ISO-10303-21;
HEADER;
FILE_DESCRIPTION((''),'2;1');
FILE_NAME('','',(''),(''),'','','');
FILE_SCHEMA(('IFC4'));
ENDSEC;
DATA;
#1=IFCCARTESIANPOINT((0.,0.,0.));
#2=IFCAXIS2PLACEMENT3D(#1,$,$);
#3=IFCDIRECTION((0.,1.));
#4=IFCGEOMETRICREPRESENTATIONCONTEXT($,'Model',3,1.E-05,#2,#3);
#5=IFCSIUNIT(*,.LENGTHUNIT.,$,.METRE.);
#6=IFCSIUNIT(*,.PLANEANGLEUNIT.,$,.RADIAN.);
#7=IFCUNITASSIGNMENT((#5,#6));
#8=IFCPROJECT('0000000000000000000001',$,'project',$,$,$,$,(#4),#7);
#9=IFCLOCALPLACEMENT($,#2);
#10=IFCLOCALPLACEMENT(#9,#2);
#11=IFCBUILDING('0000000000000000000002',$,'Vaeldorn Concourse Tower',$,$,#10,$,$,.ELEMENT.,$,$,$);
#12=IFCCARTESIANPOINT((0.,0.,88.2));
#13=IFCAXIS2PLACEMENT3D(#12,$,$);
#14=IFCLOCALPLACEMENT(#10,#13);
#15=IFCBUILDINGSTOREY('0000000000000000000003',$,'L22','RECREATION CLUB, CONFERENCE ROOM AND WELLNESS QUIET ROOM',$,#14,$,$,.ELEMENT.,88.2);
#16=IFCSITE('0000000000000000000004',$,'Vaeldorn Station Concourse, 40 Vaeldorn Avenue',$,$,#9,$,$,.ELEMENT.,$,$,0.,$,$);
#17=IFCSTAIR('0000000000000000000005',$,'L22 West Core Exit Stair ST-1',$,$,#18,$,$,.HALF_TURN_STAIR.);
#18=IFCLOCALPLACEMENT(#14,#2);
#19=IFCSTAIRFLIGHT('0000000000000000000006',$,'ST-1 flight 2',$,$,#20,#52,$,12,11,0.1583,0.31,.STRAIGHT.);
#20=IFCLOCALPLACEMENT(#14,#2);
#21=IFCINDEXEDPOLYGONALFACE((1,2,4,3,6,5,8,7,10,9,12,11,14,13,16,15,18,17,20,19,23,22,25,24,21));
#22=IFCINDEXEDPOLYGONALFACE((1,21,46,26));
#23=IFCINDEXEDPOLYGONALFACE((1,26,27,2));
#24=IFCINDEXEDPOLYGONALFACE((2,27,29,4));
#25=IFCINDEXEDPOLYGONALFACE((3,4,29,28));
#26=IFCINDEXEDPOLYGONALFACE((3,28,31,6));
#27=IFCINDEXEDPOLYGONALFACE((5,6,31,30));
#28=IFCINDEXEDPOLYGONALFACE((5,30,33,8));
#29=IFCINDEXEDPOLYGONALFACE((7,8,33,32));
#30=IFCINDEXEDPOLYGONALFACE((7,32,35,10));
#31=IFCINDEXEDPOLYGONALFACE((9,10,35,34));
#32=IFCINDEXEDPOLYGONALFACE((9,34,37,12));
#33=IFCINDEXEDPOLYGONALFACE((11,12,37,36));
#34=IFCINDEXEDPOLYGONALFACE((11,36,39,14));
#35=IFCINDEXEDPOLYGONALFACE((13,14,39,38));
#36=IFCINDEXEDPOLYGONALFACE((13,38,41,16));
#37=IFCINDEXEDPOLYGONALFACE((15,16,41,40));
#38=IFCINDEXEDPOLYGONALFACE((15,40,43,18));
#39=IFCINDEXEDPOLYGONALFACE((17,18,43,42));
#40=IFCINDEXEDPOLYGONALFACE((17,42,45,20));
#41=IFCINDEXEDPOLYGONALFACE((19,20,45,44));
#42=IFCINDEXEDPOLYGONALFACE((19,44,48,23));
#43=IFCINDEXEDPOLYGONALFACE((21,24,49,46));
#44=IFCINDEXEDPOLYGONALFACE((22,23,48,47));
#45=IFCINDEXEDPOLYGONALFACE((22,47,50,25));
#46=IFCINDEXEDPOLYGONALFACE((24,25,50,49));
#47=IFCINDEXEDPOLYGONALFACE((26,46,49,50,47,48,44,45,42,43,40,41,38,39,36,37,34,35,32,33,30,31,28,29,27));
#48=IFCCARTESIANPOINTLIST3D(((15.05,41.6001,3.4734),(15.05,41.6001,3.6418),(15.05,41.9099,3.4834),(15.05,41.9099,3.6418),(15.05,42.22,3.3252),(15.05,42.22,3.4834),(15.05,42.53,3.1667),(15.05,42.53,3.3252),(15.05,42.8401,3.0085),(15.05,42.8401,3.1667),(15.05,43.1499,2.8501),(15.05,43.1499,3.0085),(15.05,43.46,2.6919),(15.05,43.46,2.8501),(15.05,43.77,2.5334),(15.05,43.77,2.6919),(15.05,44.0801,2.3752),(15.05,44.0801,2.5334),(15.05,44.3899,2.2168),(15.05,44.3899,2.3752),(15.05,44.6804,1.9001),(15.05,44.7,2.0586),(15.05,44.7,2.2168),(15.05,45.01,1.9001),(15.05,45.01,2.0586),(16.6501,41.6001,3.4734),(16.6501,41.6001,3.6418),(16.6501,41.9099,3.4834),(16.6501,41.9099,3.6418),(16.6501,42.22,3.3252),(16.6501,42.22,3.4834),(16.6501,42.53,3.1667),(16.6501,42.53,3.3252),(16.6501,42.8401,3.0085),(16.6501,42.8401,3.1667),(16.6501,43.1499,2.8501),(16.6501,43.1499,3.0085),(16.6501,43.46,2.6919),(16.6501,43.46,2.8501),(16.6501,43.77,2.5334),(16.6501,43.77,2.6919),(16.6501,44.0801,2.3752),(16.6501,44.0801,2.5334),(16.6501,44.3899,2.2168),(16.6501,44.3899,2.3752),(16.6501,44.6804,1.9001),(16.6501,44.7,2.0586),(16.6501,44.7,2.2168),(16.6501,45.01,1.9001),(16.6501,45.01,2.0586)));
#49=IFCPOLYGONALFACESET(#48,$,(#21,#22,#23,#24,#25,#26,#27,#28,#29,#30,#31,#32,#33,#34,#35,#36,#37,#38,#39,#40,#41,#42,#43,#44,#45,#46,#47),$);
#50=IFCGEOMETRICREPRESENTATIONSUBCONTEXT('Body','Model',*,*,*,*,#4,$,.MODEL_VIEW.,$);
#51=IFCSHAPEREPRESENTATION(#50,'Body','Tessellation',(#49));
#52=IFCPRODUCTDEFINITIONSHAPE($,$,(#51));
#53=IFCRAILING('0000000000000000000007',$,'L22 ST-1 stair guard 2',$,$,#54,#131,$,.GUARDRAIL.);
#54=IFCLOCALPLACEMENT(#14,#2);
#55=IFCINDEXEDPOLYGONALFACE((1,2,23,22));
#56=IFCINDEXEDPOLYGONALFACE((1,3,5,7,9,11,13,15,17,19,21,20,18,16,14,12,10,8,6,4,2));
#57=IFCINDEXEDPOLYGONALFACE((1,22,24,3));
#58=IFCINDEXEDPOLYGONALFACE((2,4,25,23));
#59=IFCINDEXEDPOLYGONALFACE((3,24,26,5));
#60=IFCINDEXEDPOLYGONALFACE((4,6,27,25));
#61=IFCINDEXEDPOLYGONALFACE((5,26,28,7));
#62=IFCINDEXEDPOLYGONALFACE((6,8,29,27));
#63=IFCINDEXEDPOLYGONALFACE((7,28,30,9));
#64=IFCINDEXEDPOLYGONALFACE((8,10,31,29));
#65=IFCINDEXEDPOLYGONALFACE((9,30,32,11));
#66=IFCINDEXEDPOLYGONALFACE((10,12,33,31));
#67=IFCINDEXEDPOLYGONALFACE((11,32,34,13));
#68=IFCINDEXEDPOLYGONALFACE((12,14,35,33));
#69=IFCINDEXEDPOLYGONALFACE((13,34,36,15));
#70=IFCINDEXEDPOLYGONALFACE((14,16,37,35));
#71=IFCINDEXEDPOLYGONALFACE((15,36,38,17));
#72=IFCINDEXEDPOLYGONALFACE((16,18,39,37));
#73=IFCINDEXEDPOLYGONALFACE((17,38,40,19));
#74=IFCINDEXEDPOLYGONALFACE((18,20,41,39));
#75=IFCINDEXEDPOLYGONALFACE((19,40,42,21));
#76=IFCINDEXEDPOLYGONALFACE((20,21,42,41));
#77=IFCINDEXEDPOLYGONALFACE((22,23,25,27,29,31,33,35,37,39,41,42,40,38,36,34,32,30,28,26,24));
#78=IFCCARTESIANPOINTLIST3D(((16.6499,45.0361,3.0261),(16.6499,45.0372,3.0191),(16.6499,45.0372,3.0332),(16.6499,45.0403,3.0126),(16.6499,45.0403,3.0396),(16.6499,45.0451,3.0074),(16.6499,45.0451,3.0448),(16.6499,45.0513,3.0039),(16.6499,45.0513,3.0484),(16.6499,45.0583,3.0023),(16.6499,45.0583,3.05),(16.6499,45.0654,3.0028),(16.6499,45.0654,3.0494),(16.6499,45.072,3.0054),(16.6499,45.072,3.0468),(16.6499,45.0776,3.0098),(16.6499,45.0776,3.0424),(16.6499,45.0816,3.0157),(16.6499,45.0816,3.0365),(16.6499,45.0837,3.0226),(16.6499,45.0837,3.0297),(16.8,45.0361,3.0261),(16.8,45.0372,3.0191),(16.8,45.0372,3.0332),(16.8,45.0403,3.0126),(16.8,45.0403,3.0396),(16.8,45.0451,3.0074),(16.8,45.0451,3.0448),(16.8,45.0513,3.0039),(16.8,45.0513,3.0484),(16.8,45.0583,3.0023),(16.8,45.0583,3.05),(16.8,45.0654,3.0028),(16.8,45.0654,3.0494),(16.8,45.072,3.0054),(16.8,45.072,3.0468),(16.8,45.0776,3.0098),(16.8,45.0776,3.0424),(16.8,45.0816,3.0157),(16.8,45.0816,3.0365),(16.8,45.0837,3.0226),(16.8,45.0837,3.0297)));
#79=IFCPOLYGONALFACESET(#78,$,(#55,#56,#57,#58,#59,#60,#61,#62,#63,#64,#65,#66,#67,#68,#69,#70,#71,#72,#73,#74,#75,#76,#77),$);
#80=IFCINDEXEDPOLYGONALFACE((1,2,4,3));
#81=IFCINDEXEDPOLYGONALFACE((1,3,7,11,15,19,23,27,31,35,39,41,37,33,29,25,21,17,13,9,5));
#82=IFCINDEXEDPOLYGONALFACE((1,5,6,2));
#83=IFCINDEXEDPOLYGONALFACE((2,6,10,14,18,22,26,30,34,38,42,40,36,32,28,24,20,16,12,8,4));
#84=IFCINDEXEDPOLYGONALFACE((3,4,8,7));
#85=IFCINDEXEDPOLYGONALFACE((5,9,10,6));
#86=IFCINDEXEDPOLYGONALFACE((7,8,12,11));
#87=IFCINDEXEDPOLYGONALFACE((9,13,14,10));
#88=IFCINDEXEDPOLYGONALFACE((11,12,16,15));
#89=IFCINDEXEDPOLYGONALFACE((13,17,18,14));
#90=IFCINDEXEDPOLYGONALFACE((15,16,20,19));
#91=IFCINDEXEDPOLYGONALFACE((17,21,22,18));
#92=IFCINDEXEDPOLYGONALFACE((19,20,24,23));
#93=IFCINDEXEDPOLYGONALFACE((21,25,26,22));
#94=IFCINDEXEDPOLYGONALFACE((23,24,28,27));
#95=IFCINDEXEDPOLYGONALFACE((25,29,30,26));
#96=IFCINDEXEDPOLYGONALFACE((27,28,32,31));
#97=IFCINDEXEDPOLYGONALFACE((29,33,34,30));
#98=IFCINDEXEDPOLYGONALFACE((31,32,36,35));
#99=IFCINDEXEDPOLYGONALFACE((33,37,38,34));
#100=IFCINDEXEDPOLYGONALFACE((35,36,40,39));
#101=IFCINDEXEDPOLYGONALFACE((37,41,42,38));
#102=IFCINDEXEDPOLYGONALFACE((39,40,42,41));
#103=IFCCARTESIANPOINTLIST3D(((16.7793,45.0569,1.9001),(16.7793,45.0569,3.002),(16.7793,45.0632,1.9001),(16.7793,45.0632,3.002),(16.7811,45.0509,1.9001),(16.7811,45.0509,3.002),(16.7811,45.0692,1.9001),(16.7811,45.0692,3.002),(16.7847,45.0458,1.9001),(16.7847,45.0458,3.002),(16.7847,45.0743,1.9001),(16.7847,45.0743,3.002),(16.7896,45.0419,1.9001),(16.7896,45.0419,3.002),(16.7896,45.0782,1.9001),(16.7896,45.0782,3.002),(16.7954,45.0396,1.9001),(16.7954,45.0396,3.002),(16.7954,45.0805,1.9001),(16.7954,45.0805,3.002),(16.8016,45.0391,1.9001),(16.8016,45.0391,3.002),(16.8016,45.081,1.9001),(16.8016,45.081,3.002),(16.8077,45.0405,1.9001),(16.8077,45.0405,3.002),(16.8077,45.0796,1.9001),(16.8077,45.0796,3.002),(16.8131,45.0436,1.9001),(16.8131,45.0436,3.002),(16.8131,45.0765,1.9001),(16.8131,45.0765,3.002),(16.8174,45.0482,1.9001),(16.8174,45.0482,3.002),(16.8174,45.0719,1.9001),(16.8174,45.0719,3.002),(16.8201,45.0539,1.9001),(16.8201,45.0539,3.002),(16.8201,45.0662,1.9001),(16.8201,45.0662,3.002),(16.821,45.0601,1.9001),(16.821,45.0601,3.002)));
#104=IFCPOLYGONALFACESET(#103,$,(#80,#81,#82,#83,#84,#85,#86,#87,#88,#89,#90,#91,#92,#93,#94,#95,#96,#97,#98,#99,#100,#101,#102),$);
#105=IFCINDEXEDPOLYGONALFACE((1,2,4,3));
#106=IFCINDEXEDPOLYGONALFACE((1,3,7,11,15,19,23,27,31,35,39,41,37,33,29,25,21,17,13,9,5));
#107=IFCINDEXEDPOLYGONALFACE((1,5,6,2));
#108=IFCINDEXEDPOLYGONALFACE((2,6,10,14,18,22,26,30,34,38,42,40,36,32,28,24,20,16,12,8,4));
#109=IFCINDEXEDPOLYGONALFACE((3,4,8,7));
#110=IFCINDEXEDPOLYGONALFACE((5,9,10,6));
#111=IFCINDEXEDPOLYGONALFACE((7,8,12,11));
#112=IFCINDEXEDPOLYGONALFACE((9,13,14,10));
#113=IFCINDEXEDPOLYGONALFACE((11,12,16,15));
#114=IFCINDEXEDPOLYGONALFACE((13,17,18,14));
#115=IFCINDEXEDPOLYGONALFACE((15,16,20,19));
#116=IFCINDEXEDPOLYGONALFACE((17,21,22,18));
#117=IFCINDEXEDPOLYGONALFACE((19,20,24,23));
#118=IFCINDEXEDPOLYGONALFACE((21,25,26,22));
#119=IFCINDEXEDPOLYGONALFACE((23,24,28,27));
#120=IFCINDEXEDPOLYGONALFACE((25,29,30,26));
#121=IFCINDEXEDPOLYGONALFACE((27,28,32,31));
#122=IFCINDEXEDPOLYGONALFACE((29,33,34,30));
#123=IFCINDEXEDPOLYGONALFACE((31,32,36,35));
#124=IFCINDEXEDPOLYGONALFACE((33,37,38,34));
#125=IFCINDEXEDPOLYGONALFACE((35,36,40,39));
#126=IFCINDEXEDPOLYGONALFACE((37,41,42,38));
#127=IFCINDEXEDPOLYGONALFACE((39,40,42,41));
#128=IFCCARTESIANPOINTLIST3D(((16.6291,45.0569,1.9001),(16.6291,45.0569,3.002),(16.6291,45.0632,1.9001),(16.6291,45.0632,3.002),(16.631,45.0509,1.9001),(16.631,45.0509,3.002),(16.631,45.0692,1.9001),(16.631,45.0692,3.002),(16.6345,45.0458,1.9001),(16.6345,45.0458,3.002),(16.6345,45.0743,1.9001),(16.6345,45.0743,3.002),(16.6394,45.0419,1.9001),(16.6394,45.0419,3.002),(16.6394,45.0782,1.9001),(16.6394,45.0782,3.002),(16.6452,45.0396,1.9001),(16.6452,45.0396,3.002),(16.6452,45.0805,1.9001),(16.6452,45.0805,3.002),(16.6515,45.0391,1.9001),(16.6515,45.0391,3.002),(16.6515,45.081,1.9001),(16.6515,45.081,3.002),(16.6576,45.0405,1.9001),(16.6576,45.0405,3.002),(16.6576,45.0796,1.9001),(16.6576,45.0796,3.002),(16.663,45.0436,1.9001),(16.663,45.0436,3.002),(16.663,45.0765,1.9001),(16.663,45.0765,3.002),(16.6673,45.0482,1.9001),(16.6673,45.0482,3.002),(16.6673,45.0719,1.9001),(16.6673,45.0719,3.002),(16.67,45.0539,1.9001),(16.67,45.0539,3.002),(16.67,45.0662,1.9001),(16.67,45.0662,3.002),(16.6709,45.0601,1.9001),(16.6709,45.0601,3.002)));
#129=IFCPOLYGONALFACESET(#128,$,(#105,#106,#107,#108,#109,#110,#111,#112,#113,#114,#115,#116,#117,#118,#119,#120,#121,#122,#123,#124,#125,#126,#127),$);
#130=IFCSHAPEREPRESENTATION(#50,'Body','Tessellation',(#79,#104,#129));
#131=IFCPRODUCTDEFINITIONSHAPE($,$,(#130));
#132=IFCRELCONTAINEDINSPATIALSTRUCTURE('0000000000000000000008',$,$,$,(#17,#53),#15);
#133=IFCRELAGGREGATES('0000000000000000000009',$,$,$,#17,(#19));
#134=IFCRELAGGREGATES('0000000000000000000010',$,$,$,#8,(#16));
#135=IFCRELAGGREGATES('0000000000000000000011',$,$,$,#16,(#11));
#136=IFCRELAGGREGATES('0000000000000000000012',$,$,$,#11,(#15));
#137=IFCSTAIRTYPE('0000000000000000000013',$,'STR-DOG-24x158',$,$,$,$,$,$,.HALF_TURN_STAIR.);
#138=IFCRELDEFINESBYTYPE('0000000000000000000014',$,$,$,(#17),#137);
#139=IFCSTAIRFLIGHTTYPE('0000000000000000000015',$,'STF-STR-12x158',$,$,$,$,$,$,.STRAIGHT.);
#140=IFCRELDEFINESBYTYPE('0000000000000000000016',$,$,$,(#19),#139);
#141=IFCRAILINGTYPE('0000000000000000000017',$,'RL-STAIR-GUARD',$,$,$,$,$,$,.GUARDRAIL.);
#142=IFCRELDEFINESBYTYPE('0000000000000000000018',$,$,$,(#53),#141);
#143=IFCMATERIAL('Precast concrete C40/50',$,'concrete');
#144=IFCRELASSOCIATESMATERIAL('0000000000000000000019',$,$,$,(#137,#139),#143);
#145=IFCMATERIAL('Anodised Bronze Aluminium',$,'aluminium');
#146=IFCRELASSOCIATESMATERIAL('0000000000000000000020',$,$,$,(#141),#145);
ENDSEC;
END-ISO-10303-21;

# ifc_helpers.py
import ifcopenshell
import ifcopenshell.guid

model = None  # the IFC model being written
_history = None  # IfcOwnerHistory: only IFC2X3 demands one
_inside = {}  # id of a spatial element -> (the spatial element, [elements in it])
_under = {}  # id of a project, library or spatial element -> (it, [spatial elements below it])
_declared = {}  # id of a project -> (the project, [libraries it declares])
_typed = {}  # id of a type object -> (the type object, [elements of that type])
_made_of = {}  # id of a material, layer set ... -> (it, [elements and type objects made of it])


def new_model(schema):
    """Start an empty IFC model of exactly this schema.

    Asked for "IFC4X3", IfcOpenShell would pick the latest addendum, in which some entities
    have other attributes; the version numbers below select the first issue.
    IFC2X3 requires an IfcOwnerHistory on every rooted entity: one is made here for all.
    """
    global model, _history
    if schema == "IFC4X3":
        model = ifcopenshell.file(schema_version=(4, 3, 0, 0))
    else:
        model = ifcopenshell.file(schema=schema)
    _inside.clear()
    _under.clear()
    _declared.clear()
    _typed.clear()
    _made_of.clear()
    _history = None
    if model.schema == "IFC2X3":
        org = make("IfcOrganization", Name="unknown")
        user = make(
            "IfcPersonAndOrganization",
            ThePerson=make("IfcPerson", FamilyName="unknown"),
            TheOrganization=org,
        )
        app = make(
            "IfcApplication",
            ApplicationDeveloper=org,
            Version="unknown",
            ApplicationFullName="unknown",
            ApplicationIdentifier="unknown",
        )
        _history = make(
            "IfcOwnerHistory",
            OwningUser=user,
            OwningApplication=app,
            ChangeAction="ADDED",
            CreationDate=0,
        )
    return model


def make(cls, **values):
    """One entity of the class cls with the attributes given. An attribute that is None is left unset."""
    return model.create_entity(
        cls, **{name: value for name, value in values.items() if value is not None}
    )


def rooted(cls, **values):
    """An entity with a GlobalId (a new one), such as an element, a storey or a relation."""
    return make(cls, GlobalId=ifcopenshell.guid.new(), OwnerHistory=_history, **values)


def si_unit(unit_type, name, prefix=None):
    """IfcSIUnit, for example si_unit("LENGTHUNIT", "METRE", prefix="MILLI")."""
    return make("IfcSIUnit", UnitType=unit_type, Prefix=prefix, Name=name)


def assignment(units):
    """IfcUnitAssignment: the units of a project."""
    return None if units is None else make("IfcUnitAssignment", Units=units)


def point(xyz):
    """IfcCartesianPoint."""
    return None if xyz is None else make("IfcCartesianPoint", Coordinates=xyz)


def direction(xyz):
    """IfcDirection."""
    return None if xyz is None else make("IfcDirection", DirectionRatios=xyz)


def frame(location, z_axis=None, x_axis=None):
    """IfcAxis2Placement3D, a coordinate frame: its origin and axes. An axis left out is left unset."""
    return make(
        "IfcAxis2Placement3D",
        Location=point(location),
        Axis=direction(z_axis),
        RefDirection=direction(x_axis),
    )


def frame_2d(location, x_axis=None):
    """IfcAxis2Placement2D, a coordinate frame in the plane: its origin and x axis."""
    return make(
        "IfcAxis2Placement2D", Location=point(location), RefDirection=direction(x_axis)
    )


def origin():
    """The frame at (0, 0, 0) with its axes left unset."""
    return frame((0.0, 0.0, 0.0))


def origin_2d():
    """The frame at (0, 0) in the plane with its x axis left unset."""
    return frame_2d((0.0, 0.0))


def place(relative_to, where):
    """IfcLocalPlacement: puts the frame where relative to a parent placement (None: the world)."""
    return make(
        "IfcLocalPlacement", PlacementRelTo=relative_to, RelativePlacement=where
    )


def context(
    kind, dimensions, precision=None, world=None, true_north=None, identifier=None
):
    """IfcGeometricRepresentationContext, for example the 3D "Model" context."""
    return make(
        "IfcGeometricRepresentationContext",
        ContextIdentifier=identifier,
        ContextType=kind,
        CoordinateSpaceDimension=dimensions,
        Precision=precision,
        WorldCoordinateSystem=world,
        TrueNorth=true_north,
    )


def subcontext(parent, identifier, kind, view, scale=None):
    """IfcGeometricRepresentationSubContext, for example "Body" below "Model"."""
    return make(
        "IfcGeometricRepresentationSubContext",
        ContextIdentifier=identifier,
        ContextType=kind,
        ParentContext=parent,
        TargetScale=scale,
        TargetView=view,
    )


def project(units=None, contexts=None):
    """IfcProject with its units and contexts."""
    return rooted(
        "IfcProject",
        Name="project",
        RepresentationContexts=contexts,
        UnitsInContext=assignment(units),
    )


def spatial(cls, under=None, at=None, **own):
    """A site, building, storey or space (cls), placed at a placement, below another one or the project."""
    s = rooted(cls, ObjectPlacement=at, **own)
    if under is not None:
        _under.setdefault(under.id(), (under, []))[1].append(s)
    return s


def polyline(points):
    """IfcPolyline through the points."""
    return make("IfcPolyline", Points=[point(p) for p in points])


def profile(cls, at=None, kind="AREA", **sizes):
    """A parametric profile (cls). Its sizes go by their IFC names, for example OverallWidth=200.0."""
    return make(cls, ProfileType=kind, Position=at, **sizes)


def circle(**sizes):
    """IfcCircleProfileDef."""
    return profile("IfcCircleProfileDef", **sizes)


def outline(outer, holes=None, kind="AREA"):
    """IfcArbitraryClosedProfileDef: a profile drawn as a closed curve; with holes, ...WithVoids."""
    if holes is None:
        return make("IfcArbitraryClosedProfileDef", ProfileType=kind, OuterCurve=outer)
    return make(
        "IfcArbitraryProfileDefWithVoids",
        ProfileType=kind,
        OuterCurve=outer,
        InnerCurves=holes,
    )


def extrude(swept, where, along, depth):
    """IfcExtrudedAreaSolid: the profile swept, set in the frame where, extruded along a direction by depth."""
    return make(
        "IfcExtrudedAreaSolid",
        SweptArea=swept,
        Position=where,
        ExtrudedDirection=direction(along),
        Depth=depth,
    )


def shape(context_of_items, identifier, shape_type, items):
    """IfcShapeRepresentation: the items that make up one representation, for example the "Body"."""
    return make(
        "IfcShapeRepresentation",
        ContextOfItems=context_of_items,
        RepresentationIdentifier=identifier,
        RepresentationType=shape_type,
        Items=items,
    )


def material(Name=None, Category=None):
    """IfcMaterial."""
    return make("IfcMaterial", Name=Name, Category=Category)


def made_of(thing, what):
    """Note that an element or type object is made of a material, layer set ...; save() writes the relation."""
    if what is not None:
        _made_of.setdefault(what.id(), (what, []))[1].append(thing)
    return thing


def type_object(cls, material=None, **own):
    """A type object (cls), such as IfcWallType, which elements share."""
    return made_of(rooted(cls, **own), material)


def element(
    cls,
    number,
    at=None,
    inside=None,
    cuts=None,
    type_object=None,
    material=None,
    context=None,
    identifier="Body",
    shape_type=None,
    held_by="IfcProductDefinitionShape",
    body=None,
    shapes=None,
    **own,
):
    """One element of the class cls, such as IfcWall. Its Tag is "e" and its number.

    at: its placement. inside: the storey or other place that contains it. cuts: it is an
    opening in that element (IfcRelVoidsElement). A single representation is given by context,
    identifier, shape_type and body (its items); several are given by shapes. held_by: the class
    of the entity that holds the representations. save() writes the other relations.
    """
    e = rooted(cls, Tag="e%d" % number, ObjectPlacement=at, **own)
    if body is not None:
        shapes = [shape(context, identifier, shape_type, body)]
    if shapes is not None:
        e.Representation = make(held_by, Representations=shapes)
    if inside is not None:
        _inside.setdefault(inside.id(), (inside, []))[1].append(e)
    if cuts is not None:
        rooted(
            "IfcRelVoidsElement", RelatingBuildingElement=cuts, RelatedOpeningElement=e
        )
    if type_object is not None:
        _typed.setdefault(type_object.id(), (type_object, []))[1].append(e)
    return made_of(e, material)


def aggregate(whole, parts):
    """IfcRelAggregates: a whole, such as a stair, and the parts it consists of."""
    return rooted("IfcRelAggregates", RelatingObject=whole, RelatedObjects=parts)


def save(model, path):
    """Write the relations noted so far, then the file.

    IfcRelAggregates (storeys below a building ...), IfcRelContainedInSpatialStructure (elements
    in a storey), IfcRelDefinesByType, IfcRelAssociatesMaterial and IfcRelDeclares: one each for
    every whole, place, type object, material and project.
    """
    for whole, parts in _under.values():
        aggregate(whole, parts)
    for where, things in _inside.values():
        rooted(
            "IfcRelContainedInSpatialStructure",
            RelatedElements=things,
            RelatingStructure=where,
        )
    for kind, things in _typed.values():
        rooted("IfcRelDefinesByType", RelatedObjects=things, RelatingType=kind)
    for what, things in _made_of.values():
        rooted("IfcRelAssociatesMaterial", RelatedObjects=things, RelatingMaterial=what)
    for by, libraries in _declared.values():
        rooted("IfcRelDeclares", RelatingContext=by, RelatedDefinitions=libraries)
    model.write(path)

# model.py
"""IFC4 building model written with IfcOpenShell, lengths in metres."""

from ifc_helpers import new_model, si_unit, direction, frame, origin, origin_2d, place, context, subcontext, project, spatial, polyline, circle, outline, extrude, material, type_object, element, aggregate, save


model = new_model("IFC4")

# Units and contexts
model_context = context("Model", 3, precision=1e-05, world=origin(), true_north=direction((0.0, 1.0)))
body_context = subcontext(model_context, "Body", "Model", "MODEL_VIEW")
ifc_project = project(units=[si_unit("LENGTHUNIT", "METRE"), si_unit("PLANEANGLEUNIT", "RADIAN")], contexts=[model_context])

# Site, building, storey
site_placement = place(None, origin())
site = spatial("IfcSite", under=ifc_project, at=site_placement, Name="Vaeldorn Station Concourse, 40 Vaeldorn Avenue", CompositionType="ELEMENT", RefElevation=0.0)
building_placement = place(site_placement, origin())
building = spatial("IfcBuilding", under=site, at=building_placement, Name="Vaeldorn Concourse Tower", CompositionType="ELEMENT")
storey_placement = place(building_placement, frame((0.0, 0.0, 88.2)))
storey = spatial("IfcBuildingStorey", under=building, at=storey_placement, Name="L22", Description="RECREATION CLUB, CONFERENCE ROOM AND WELLNESS QUIET ROOM", CompositionType="ELEMENT", Elevation=88.2)

# Shared definitions
ifc_material_1 = material(Name="Anodised Bronze Aluminium", Category="aluminium")

# Stair, stair flight
ifc_material_2 = material(Name="Precast concrete C40/50", Category="concrete")
stair_type = type_object("IfcStairType", Name="STR-DOG-24x158", PredefinedType="HALF_TURN_STAIR", material=ifc_material_2)
stair_placement = place(storey_placement, origin())
stair = element("IfcStair", 1, at=stair_placement, inside=storey, type_object=stair_type, Name="L22 West Core Exit Stair ST-1", PredefinedType="HALF_TURN_STAIR")
stair_flight_type = type_object("IfcStairFlightType", Name="STF-STR-12x158", PredefinedType="STRAIGHT", material=ifc_material_2)
stair_flight_placement = place(storey_placement, frame((15.8501, 45.01, 1.9001), z_axis=(0.0, 0.0, 1.0), x_axis=(0.0, -1.0, 0.0)))
stair_flight = element("IfcStairFlight", 2, at=stair_flight_placement, type_object=stair_flight_type, Name="ST-1 flight 2", NumberOfRisers=12, NumberOfTreads=11, PredefinedType="STRAIGHT", RiserHeight=0.1583, TreadLength=0.31, context=body_context, shape_type="SweptSolid", body=[
    extrude(outline(polyline([(0.0, 0.0), (0.0, 0.1584), (0.3101, 0.1584), (0.3101, 0.3167), (0.6201, 0.3167), (0.6201, 0.4751), (0.9299, 0.4751), (0.9299, 0.6333), (1.24, 0.6333), (1.24, 0.7917), (1.55, 0.7917), (1.55, 0.95), (1.8601, 0.95), (1.8601, 1.1084), (2.1699, 1.1084), (2.1699, 1.2666), (2.48, 1.2666), (2.48, 1.425), (2.79, 1.425), (2.79, 1.5833), (3.1001, 1.5833), (3.1001, 1.7417), (3.4099, 1.7417), (3.4099, 1.8999), (3.4099, 1.5732), (0.3296, 0.0), (0.0, 0.0)])), frame((0.0, 0.8, 0.0), z_axis=(0.0, -1.0, 0.0), x_axis=(1.0, 0.0, 0.0)), (0.0, 0.0, 1.0), 1.6001),
])
aggregate(stair, [stair_flight])

# Railing
railing_type_1 = type_object("IfcRailingType", Name="RL-STAIR-GUARD", PredefinedType="GUARDRAIL", material=ifc_material_1)
railing_1_placement = place(storey_placement, frame((16.8, 45.0601, 1.9001)))
element("IfcRailing", 3, at=railing_1_placement, inside=storey, type_object=railing_type_1, Name="L22 ST-1 stair guard 2", PredefinedType="GUARDRAIL", context=body_context, shape_type="SweptSolid", body=[
    extrude(circle(Radius=0.0239, at=origin_2d()), frame((0.0, 0.0, 1.126), z_axis=(-1.0, 0.0, 0.0), x_axis=(0.0, -1.0, 0.0)), (0.0, 0.0, 1.0), 0.1501),
    extrude(circle(Radius=0.021, at=origin_2d()), origin(), (0.0, 0.0, 1.0), 1.1018),
    extrude(circle(Radius=0.021, at=origin_2d()), frame((-0.1501, 0.0, 0.0)), (0.0, 0.0, 1.0), 1.1018),
])

save(model, "model.ifc")
